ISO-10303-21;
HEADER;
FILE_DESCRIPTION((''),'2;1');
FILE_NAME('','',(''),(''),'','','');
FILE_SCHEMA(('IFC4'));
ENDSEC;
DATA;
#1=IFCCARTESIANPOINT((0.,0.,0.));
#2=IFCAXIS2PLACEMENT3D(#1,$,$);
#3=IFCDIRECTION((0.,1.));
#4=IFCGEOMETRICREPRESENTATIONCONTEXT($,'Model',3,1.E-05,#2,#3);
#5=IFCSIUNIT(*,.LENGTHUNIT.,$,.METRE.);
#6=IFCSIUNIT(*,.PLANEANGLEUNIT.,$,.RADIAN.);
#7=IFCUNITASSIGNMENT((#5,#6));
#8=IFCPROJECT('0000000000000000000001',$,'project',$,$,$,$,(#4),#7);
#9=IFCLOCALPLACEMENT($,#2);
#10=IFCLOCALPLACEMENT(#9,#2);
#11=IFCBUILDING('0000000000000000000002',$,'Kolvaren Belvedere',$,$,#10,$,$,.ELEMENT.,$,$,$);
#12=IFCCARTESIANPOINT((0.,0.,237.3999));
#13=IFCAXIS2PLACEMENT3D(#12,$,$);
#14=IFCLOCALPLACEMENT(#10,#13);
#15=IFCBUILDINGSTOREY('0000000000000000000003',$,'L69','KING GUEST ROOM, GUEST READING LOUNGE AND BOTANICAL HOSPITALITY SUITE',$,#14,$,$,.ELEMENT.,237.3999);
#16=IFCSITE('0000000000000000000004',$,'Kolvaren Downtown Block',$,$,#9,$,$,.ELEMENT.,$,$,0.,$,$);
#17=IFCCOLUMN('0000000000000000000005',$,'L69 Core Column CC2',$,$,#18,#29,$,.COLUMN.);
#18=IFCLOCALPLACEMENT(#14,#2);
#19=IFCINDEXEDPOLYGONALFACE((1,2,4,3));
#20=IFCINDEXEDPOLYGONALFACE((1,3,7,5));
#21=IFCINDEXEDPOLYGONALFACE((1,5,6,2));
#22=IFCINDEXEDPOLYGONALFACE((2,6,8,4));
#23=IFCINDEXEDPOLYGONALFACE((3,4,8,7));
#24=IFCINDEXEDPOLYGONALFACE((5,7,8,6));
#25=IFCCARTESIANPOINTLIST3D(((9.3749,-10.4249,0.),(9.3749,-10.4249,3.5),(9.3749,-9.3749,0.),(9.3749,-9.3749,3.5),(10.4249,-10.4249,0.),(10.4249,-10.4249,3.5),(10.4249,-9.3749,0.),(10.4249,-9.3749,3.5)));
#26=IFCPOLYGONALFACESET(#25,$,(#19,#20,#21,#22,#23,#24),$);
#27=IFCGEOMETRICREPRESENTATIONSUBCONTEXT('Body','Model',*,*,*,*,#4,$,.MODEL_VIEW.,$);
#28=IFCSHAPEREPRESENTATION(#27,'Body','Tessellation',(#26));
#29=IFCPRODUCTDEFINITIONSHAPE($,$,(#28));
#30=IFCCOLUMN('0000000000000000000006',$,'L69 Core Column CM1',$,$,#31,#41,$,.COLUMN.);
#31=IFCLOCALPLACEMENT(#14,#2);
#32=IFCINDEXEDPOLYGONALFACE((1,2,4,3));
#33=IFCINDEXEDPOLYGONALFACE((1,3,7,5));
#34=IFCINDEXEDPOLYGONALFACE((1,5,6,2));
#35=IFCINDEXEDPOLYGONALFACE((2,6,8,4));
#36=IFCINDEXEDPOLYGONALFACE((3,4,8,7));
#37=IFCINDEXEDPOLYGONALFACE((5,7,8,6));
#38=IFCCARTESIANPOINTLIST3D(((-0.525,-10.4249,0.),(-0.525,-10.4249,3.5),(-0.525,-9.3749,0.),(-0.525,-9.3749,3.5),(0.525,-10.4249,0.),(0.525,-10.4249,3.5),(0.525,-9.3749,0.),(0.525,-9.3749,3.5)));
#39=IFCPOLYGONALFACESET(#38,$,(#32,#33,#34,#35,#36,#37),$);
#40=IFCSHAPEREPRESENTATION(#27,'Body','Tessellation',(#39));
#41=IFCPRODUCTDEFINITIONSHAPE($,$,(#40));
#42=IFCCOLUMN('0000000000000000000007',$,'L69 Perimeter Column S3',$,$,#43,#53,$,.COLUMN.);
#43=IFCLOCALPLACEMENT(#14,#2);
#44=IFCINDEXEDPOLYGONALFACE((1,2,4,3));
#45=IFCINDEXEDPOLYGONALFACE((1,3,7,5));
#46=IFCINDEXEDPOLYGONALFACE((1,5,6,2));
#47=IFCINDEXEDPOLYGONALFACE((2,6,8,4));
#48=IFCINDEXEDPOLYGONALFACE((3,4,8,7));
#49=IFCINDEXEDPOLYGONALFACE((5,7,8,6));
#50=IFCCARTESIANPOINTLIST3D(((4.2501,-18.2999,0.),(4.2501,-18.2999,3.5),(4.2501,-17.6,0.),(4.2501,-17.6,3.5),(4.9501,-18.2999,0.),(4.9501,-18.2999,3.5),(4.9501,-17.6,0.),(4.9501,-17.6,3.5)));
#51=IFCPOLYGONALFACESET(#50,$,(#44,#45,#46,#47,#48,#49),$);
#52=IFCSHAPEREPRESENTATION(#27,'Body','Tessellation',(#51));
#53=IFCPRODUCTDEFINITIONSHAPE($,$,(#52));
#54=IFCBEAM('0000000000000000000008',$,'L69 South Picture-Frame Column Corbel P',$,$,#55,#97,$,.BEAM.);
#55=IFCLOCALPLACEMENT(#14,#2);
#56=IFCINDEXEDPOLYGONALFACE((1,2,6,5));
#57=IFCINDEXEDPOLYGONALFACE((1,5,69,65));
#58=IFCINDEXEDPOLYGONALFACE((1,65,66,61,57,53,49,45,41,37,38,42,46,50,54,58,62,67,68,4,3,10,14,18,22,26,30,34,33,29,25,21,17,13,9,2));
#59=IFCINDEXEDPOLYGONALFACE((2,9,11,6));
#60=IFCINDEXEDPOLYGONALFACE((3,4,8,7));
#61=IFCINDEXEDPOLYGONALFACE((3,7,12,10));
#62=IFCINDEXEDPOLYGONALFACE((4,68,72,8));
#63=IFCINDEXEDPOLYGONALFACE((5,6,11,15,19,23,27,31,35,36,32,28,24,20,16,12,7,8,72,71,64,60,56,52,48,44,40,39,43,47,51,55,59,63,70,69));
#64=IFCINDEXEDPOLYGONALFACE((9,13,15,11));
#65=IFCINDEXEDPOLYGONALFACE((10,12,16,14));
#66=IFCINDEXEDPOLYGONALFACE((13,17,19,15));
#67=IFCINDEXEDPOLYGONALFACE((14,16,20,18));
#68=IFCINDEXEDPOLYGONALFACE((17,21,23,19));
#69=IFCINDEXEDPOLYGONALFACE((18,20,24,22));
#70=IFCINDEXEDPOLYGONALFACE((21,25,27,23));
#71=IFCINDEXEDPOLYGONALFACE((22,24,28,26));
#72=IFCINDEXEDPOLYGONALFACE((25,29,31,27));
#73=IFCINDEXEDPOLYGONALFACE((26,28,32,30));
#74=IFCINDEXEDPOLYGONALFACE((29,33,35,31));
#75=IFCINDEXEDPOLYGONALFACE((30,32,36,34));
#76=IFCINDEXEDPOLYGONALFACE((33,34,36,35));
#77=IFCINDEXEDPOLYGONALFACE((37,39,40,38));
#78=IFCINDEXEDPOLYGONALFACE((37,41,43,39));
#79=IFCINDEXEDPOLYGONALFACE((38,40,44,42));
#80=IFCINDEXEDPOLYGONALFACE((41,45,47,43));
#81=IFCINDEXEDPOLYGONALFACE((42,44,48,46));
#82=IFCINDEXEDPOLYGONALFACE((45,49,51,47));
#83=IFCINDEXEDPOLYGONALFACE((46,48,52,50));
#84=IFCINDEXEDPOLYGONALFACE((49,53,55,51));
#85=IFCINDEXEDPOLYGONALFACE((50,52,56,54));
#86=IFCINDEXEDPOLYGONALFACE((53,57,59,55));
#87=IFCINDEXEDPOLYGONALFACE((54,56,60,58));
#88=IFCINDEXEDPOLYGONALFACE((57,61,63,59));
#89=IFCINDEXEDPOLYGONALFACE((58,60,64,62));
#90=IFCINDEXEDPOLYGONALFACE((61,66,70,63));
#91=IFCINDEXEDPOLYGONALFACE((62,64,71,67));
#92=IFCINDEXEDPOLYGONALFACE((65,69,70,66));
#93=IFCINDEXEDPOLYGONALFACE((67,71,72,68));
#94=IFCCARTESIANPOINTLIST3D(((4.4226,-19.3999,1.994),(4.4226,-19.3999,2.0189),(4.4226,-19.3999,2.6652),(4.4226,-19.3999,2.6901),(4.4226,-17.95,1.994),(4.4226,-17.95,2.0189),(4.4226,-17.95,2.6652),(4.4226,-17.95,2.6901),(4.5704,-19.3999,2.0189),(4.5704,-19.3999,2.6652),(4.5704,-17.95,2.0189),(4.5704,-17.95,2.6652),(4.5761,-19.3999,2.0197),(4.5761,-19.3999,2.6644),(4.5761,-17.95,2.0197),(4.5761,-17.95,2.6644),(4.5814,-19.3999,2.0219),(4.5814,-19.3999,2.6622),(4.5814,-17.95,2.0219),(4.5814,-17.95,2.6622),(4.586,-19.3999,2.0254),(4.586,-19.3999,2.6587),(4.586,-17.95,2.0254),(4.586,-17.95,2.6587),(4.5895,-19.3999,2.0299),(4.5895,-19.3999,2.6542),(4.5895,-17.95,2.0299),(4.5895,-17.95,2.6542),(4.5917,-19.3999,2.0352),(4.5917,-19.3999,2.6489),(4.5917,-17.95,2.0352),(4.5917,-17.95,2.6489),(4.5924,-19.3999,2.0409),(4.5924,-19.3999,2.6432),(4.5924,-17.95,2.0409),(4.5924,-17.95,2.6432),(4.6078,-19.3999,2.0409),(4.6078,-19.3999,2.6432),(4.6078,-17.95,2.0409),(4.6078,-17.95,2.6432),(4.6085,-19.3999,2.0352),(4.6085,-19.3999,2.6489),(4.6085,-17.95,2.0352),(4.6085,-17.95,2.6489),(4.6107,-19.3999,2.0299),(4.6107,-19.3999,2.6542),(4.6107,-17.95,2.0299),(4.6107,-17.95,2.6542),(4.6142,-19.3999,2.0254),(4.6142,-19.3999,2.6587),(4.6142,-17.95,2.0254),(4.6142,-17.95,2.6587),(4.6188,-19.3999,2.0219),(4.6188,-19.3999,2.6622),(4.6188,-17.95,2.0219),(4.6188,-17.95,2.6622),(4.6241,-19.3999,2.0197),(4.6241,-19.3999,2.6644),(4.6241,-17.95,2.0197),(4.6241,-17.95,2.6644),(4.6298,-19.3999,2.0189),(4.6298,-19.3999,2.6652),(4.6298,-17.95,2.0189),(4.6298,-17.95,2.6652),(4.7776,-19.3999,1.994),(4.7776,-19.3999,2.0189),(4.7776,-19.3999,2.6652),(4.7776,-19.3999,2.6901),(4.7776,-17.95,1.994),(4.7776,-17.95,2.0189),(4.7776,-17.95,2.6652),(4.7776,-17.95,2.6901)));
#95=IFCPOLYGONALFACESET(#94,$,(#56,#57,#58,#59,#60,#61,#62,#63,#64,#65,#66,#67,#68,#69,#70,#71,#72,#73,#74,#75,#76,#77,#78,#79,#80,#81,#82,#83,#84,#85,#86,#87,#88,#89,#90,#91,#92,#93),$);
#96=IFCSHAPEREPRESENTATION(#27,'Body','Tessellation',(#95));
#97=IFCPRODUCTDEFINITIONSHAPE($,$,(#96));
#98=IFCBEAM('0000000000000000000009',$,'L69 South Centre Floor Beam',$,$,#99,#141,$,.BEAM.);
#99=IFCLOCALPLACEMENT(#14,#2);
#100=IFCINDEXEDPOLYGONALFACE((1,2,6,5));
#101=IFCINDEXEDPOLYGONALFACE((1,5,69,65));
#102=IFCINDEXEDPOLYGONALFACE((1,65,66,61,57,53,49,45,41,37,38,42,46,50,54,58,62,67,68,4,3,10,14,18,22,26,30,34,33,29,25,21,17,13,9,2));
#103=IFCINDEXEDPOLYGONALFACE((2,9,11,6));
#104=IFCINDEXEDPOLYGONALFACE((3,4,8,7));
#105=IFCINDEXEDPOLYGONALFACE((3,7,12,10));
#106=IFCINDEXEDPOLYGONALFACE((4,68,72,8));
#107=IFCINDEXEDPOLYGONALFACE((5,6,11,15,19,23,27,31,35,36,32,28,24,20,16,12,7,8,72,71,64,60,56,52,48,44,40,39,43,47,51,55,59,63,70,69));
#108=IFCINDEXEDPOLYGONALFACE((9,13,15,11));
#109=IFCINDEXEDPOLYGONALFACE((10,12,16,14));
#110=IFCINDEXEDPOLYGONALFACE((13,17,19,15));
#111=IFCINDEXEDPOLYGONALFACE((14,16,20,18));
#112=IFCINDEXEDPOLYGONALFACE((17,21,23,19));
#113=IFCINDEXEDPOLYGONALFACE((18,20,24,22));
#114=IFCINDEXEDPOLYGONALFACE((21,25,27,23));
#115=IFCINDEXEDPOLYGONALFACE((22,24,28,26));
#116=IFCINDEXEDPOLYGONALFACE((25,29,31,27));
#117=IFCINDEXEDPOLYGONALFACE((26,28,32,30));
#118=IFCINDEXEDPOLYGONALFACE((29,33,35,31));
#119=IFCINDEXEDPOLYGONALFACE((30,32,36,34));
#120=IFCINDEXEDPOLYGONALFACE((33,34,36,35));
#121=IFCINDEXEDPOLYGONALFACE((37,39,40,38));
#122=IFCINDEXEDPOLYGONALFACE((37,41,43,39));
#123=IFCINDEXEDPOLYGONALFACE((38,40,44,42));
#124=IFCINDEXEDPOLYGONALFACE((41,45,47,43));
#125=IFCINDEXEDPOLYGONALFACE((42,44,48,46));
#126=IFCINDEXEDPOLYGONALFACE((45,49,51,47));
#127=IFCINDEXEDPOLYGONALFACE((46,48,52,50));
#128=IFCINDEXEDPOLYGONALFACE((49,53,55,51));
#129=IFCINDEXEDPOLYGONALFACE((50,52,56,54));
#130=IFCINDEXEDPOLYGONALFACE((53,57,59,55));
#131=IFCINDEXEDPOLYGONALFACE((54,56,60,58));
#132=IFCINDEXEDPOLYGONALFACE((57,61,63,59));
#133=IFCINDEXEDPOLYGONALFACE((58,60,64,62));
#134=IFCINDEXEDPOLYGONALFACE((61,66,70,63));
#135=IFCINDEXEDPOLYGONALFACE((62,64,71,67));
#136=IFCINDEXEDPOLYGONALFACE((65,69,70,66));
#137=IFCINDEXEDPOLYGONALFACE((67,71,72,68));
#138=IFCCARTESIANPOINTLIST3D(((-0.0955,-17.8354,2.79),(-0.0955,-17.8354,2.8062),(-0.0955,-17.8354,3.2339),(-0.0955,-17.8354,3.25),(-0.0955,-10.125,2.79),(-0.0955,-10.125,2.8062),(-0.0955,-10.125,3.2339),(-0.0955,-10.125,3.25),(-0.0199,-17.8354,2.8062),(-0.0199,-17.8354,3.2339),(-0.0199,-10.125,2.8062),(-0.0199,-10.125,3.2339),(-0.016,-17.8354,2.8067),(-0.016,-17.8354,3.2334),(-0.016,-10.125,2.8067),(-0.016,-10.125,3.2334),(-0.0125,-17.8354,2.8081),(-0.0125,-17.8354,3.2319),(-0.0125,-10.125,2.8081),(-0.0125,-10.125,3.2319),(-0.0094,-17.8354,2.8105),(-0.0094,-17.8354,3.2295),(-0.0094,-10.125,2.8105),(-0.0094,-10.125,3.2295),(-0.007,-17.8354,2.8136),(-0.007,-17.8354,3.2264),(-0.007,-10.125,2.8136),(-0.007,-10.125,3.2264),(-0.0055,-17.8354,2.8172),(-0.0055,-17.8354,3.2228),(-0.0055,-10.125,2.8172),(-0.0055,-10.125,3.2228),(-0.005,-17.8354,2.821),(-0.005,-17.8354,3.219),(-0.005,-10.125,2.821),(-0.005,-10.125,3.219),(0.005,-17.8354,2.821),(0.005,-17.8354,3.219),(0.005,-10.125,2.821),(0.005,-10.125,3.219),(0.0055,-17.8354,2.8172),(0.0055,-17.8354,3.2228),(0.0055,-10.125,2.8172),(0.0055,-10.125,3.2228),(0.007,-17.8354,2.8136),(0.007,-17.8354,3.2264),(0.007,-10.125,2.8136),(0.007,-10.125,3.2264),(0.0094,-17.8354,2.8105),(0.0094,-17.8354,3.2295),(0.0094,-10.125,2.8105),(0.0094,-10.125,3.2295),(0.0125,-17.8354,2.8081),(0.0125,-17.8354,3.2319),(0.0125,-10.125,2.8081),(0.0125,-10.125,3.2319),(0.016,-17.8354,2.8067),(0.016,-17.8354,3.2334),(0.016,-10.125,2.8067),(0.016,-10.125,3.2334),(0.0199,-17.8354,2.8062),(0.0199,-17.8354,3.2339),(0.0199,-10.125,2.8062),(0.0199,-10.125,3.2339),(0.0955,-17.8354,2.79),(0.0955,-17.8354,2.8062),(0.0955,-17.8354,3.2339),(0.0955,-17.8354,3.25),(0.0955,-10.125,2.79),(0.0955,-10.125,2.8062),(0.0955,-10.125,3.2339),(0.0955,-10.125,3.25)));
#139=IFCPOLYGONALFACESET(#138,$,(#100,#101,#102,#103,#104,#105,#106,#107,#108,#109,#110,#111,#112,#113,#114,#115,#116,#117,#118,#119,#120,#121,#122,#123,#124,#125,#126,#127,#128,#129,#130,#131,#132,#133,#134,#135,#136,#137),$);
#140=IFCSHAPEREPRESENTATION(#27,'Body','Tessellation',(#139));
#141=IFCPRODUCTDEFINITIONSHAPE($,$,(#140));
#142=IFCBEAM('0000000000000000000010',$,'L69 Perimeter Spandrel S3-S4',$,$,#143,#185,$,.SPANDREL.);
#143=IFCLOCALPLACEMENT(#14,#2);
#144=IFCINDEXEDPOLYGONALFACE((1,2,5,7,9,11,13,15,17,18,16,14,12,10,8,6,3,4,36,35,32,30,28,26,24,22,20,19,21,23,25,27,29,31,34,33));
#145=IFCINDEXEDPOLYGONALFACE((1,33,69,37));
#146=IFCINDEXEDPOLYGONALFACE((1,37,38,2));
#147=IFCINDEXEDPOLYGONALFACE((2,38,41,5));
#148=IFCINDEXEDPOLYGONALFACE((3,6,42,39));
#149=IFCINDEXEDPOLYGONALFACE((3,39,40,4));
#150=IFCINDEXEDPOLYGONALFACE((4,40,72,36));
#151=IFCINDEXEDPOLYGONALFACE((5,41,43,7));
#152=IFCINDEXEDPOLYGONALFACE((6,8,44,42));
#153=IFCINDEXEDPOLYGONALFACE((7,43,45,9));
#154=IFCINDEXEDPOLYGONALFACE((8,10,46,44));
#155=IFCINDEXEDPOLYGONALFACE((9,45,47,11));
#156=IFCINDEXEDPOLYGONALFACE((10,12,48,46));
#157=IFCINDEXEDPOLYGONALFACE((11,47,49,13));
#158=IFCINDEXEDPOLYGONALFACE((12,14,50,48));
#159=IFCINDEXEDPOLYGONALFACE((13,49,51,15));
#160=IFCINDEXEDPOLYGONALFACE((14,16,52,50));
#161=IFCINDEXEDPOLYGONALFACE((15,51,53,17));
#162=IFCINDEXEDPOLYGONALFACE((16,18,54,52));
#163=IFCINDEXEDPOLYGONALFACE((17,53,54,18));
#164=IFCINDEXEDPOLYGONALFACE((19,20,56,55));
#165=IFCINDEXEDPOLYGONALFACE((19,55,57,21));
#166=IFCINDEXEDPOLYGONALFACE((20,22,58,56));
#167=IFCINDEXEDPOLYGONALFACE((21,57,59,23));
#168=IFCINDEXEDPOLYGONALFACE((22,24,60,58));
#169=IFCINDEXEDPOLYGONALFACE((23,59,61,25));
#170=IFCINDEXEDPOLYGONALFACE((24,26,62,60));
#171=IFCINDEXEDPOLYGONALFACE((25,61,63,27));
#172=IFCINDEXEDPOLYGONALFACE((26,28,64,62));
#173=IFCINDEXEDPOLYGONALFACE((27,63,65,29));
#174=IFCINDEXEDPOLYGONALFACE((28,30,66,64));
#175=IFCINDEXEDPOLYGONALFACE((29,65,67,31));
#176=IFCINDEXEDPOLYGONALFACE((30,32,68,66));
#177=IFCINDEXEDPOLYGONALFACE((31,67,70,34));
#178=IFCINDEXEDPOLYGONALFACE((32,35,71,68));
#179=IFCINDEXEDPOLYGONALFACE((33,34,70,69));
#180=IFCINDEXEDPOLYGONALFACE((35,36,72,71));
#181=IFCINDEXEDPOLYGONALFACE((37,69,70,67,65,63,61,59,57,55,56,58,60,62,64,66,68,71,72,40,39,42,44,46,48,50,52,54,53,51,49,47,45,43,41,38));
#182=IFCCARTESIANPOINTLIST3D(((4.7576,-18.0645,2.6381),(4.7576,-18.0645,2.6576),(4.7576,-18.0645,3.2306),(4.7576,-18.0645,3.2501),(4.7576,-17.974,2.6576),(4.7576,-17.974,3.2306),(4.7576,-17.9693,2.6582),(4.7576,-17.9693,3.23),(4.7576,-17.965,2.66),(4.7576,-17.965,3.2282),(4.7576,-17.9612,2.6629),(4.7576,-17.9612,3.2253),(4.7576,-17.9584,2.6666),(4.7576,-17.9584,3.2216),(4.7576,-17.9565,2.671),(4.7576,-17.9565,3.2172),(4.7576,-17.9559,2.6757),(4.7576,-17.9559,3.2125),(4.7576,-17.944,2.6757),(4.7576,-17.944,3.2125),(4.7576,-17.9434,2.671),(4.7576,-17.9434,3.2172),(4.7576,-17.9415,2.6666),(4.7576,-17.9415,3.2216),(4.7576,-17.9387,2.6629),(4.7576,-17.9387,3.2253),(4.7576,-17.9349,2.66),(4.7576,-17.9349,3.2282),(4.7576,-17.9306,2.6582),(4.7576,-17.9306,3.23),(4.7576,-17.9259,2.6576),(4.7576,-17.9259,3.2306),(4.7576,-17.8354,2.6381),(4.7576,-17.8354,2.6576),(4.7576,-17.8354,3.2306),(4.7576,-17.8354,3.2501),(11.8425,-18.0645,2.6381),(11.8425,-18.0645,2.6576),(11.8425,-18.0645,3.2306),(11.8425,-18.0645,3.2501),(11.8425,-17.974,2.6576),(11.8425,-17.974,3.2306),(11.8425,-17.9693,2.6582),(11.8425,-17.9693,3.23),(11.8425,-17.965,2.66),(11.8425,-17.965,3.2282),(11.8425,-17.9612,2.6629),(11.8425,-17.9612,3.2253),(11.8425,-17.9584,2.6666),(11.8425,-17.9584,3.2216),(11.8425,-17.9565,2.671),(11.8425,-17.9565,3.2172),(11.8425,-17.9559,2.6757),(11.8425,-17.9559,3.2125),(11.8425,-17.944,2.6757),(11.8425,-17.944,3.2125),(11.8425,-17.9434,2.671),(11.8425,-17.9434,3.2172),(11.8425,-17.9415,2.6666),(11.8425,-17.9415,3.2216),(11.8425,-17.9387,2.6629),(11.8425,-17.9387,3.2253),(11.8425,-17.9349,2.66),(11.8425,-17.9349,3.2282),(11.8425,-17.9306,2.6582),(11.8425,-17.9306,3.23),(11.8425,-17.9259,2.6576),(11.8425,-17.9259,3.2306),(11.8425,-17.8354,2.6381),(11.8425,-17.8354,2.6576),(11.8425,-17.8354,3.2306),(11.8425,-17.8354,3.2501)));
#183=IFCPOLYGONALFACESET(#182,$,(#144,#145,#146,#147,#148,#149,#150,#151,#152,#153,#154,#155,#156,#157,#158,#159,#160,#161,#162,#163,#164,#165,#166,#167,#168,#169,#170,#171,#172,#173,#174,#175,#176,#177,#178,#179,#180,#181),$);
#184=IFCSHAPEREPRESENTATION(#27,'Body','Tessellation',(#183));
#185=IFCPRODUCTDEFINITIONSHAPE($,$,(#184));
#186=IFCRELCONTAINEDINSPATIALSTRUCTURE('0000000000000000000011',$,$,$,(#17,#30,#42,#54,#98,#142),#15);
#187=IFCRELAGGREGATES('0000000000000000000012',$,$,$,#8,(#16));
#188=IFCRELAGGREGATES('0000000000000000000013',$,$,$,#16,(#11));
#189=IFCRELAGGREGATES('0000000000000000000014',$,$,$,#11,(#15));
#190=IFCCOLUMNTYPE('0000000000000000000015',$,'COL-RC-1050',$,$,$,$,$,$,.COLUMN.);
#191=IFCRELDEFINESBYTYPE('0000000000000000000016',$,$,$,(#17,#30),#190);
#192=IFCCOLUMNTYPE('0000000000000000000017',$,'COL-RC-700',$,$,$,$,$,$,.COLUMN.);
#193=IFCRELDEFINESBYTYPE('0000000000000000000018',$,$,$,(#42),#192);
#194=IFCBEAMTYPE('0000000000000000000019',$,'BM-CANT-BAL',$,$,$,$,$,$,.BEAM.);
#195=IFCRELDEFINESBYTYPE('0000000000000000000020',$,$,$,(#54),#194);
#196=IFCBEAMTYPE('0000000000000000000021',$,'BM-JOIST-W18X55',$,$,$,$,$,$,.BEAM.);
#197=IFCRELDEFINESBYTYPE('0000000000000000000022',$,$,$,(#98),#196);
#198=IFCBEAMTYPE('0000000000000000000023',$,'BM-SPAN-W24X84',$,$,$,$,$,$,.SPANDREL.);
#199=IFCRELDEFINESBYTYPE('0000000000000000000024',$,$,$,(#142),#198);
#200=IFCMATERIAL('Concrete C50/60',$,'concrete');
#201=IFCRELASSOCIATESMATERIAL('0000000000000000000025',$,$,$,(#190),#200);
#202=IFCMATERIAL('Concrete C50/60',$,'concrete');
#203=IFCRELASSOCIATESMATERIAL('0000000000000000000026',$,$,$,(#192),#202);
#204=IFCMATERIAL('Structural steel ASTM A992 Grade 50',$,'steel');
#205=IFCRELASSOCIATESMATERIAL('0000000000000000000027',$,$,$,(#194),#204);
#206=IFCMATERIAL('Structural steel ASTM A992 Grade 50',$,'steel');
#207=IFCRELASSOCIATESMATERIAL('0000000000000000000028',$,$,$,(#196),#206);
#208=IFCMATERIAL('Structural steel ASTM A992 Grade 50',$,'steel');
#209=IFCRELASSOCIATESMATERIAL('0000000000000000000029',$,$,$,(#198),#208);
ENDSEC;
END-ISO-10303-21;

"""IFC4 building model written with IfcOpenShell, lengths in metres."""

from ifc_helpers import new_model, si_unit, direction, frame, origin, origin_2d, place, context, subcontext, project, spatial, rectangle, i_section, extrude, material, material_profile, profile_set, type_object, element, save


model = new_model("IFC4")

# Units and contexts
model_context = context("Model", 3, precision=1e-05, world=origin(), true_north=direction((0.0, 1.0)))
body_context = subcontext(model_context, "Body", "Model", "MODEL_VIEW")
ifc_project = project(units=[si_unit("LENGTHUNIT", "METRE"), si_unit("PLANEANGLEUNIT", "RADIAN")], contexts=[model_context])

# Site, building, storey
site_placement = place(None, origin())
site = spatial("IfcSite", under=ifc_project, at=site_placement, Name="Kolvaren Downtown Block", CompositionType="ELEMENT", RefElevation=0.0)
building_placement = place(site_placement, origin())
building = spatial("IfcBuilding", under=site, at=building_placement, Name="Kolvaren Belvedere", CompositionType="ELEMENT")
storey_placement = place(building_placement, frame((0.0, 0.0, 237.3999)))
storey = spatial("IfcBuildingStorey", under=building, at=storey_placement, Name="L69", Description="KING GUEST ROOM, GUEST READING LOUNGE AND BOTANICAL HOSPITALITY SUITE", CompositionType="ELEMENT", Elevation=237.3999)

# Columns
ifc_material_1 = material(Name="Concrete C50/60", Category="concrete")
ifc_material_profile_1 = material_profile(ifc_material_1, rectangle(XDim=1.05, YDim=1.05, at=origin_2d()), Name="RC 1050X1050")
ifc_profile_set_1 = profile_set([ifc_material_profile_1], Name="Concrete C50/60")
column_type_1 = type_object("IfcColumnType", Name="COL-RC-1050", PredefinedType="COLUMN", material=ifc_profile_set_1)
for number, where, z_axis, x_axis, name in (
    (1, (9.8999, -9.8999, 0.0), (0.0, 0.0, 1.0), (1.0, 0.0, 0.0), "L69 Core Column CC2"),
    (2, (0.0, -9.8999, 0.0), (0.0, 0.0, 1.0), (1.0, 0.0, 0.0), "L69 Core Column CM1"),
):
    element("IfcColumn", number, at=place(storey_placement, frame(where, z_axis=z_axis, x_axis=x_axis)), inside=storey, type_object=column_type_1, Name=name, PredefinedType="COLUMN", context=body_context, shape_type="SweptSolid", body=[
        extrude(rectangle(XDim=1.05, YDim=1.05, at=origin_2d()), origin(), (0.0, 0.0, 1.0), 3.5),
    ])
ifc_material_2 = material(Name="Concrete C50/60", Category="concrete")
ifc_material_profile_2 = material_profile(ifc_material_2, rectangle(XDim=0.7, YDim=0.7, at=origin_2d()), Name="RC 700X700")
ifc_profile_set_2 = profile_set([ifc_material_profile_2], Name="Concrete C50/60")
column_type_2 = type_object("IfcColumnType", Name="COL-RC-700", PredefinedType="COLUMN", material=ifc_profile_set_2)
column_placement = place(storey_placement, frame((4.6001, -17.95, 0.0), z_axis=(0.0, 0.0, 1.0), x_axis=(1.0, 0.0, 0.0)))
element("IfcColumn", 3, at=column_placement, inside=storey, type_object=column_type_2, Name="L69 Perimeter Column S3", PredefinedType="COLUMN", context=body_context, shape_type="SweptSolid", body=[
    extrude(rectangle(XDim=0.7, YDim=0.7, at=origin_2d()), origin(), (0.0, 0.0, 1.0), 3.5),
])

# Beams
ifc_material_3 = material(Name="Structural steel ASTM A992 Grade 50", Category="steel")
ifc_material_profile_3 = material_profile(ifc_material_3, i_section(OverallWidth=0.355, OverallDepth=0.696, WebThickness=0.0154, FlangeThickness=0.0249, FilletRadius=0.022, at=origin_2d()), Name="W27X146")
ifc_profile_set_3 = profile_set([ifc_material_profile_3], Name="Structural steel ASTM A992 Grade 50")
beam_type_1 = type_object("IfcBeamType", Name="BM-CANT-BAL", PredefinedType="BEAM", material=ifc_profile_set_3)
beam_1_placement = place(storey_placement, frame((4.6001, -17.95, 2.342), z_axis=(0.0, -1.0, 0.0), x_axis=(1.0, 0.0, 0.0)))
element("IfcBeam", 4, at=beam_1_placement, inside=storey, type_object=beam_type_1, Name="L69 South Picture-Frame Column Corbel P", PredefinedType="BEAM", context=body_context, shape_type="SweptSolid", body=[
    extrude(i_section(OverallWidth=0.355, OverallDepth=0.696, WebThickness=0.0154, FlangeThickness=0.0249, FilletRadius=0.022, at=origin_2d()), origin(), (0.0, 0.0, 1.0), 1.45),
])
ifc_material_4 = material(Name="Structural steel ASTM A992 Grade 50", Category="steel")
ifc_material_profile_4 = material_profile(ifc_material_4, i_section(OverallWidth=0.1909, OverallDepth=0.46, WebThickness=0.01, FlangeThickness=0.0161, FilletRadius=0.0149, at=origin_2d()), Name="W18X55")
ifc_profile_set_4 = profile_set([ifc_material_profile_4], Name="Structural steel ASTM A992 Grade 50")
beam_type_2 = type_object("IfcBeamType", Name="BM-JOIST-W18X55", PredefinedType="BEAM", material=ifc_profile_set_4)
beam_2_placement = place(storey_placement, frame((0.0, -10.125, 3.02), z_axis=(0.0, -1.0, 0.0), x_axis=(1.0, 0.0, 0.0)))
element("IfcBeam", 5, at=beam_2_placement, inside=storey, type_object=beam_type_2, Name="L69 South Centre Floor Beam", PredefinedType="BEAM", context=body_context, shape_type="SweptSolid", body=[
    extrude(i_section(OverallWidth=0.1909, OverallDepth=0.46, WebThickness=0.01, FlangeThickness=0.0161, FilletRadius=0.0149, at=origin_2d()), origin(), (0.0, 0.0, 1.0), 7.7104),
])
ifc_material_5 = material(Name="Structural steel ASTM A992 Grade 50", Category="steel")
ifc_material_profile_5 = material_profile(ifc_material_5, i_section(OverallWidth=0.229, OverallDepth=0.6121, WebThickness=0.012, FlangeThickness=0.0195, FilletRadius=0.0181, at=origin_2d()), Name="W24X84")
ifc_profile_set_5 = profile_set([ifc_material_profile_5], Name="Structural steel ASTM A992 Grade 50")
beam_type_3 = type_object("IfcBeamType", Name="BM-SPAN-W24X84", PredefinedType="SPANDREL", material=ifc_profile_set_5)
beam_3_placement = place(storey_placement, frame((4.7576, -17.95, 2.9441), z_axis=(1.0, 0.0, 0.0), x_axis=(0.0, 1.0, 0.0)))
element("IfcBeam", 6, at=beam_3_placement, inside=storey, type_object=beam_type_3, Name="L69 Perimeter Spandrel S3-S4", PredefinedType="SPANDREL", context=body_context, shape_type="SweptSolid", body=[
    extrude(i_section(OverallWidth=0.229, OverallDepth=0.6121, WebThickness=0.012, FlangeThickness=0.0195, FilletRadius=0.0181, at=origin_2d()), origin(), (0.0, 0.0, 1.0), 7.085),
])

save(model, "model.ifc")
